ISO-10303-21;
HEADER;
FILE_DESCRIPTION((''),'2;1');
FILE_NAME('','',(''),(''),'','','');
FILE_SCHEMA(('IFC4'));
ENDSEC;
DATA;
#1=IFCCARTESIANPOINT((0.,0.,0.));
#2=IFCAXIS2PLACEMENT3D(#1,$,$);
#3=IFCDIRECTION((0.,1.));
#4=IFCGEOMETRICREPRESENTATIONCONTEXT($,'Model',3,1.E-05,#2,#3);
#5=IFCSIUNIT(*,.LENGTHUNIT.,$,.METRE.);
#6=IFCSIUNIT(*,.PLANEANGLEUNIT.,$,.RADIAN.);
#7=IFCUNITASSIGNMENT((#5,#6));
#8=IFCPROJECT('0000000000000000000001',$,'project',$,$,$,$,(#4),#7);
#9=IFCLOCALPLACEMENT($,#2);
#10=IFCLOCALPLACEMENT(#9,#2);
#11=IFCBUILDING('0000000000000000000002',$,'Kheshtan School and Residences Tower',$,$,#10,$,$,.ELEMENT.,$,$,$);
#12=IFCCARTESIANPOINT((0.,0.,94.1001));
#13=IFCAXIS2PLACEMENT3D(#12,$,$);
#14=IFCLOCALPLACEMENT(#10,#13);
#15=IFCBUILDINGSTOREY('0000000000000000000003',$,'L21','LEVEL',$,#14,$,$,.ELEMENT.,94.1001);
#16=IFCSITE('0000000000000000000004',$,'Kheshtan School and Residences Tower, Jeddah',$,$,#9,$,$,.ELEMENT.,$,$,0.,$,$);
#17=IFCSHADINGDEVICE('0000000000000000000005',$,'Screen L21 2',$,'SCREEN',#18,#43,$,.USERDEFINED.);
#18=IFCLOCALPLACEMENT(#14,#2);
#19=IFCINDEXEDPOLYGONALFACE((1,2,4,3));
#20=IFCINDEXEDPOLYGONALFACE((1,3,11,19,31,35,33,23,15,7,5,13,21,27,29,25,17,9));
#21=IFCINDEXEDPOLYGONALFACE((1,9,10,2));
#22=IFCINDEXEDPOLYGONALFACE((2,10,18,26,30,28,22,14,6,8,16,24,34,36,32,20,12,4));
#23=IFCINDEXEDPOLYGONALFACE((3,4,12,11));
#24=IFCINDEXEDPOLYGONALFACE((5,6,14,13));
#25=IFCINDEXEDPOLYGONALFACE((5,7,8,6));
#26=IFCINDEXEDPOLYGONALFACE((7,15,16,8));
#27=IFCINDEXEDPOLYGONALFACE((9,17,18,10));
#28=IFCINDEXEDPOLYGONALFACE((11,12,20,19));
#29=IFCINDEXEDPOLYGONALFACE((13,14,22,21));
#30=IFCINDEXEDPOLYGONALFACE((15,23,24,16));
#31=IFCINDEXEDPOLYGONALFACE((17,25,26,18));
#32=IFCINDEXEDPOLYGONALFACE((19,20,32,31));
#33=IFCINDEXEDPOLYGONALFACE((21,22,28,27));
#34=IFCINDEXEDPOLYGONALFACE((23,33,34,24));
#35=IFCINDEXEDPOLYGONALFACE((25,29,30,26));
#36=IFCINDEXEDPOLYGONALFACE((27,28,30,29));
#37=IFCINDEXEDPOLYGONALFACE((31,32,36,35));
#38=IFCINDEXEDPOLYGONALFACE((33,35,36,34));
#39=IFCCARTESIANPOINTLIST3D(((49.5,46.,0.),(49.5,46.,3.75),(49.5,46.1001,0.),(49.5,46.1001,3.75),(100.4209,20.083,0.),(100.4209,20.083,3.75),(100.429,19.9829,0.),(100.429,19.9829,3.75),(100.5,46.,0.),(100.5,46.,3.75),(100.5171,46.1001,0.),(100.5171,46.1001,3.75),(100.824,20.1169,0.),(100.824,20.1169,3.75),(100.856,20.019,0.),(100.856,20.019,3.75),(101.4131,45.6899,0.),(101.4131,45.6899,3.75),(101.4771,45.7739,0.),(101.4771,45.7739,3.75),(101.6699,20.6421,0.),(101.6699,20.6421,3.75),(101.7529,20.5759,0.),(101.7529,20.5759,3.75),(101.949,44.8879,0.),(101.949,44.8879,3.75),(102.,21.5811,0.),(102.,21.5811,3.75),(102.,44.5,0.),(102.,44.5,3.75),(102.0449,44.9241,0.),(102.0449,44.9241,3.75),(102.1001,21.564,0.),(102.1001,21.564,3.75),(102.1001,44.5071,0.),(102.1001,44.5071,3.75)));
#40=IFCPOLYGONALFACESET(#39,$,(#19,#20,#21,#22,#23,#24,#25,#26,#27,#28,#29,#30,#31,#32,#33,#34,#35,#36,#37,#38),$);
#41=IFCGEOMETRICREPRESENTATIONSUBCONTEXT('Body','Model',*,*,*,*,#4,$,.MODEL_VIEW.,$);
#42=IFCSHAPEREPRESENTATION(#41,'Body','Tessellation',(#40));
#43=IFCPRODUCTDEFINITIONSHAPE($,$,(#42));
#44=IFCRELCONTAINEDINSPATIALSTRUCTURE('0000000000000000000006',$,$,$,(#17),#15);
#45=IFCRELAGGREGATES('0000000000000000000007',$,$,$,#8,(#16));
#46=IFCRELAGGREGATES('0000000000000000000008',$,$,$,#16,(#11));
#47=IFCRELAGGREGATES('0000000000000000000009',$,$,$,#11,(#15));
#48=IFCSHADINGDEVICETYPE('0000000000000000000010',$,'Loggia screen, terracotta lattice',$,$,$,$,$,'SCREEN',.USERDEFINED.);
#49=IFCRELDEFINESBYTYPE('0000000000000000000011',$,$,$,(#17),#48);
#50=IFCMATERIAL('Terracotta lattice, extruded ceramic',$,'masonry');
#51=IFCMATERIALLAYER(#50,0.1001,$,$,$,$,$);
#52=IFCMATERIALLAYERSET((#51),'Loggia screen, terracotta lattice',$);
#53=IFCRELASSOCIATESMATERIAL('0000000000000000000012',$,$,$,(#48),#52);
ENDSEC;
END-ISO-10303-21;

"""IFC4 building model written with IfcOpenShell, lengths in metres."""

from ifc_helpers import new_model, si_unit, direction, frame, origin, place, context, subcontext, project, spatial, polyline, outline, extrude, material, layer, layer_set, type_object, element, save


model = new_model("IFC4")

# Units and contexts
model_context = context("Model", 3, precision=1e-05, world=origin(), true_north=direction((0.0, 1.0)))
body_context = subcontext(model_context, "Body", "Model", "MODEL_VIEW")
ifc_project = project(units=[si_unit("LENGTHUNIT", "METRE"), si_unit("PLANEANGLEUNIT", "RADIAN")], contexts=[model_context])

# Site, building, storey
site_placement = place(None, origin())
site = spatial("IfcSite", under=ifc_project, at=site_placement, Name="Kheshtan School and Residences Tower, Jeddah", CompositionType="ELEMENT", RefElevation=0.0)
building_placement = place(site_placement, origin())
building = spatial("IfcBuilding", under=site, at=building_placement, Name="Kheshtan School and Residences Tower", CompositionType="ELEMENT")
storey_placement = place(building_placement, frame((0.0, 0.0, 94.1001)))
storey = spatial("IfcBuildingStorey", under=building, at=storey_placement, Name="L21", Description="LEVEL", CompositionType="ELEMENT", Elevation=94.1001)

# Shading device
ifc_material_1 = material(Name="Terracotta lattice, extruded ceramic", Category="masonry")
ifc_layer_1 = layer(ifc_material_1, 0.1001)
ifc_layer_set_1 = layer_set([ifc_layer_1], Name="Loggia screen, terracotta lattice")
shading_device_type_1 = type_object("IfcShadingDeviceType", Name="Loggia screen, terracotta lattice", ElementType="SCREEN", PredefinedType="USERDEFINED", material=ifc_layer_set_1)
shading_device_1_placement = place(storey_placement, origin())
element("IfcShadingDevice", 1, at=shading_device_1_placement, inside=storey, type_object=shading_device_type_1, Name="Screen L21 2", ObjectType="SCREEN", PredefinedType="USERDEFINED", context=body_context, shape_type="SweptSolid", body=[
    extrude(outline(polyline([(49.5, 46.0), (100.5, 46.0), (101.4131, 45.6899), (101.949, 44.8879), (102.0, 44.5), (102.0, 21.5811), (101.6699, 20.6421), (100.824, 20.1169), (100.4209, 20.083), (100.429, 19.9829), (100.856, 20.019), (101.7529, 20.5759), (102.1001, 21.564), (102.1001, 44.5071), (102.0449, 44.9241), (101.4771, 45.7739), (100.5171, 46.1001), (49.5, 46.1001), (49.5, 46.0)])), origin(), (0.0, 0.0, 1.0), 3.75),
])

save(model, "model.ifc")
